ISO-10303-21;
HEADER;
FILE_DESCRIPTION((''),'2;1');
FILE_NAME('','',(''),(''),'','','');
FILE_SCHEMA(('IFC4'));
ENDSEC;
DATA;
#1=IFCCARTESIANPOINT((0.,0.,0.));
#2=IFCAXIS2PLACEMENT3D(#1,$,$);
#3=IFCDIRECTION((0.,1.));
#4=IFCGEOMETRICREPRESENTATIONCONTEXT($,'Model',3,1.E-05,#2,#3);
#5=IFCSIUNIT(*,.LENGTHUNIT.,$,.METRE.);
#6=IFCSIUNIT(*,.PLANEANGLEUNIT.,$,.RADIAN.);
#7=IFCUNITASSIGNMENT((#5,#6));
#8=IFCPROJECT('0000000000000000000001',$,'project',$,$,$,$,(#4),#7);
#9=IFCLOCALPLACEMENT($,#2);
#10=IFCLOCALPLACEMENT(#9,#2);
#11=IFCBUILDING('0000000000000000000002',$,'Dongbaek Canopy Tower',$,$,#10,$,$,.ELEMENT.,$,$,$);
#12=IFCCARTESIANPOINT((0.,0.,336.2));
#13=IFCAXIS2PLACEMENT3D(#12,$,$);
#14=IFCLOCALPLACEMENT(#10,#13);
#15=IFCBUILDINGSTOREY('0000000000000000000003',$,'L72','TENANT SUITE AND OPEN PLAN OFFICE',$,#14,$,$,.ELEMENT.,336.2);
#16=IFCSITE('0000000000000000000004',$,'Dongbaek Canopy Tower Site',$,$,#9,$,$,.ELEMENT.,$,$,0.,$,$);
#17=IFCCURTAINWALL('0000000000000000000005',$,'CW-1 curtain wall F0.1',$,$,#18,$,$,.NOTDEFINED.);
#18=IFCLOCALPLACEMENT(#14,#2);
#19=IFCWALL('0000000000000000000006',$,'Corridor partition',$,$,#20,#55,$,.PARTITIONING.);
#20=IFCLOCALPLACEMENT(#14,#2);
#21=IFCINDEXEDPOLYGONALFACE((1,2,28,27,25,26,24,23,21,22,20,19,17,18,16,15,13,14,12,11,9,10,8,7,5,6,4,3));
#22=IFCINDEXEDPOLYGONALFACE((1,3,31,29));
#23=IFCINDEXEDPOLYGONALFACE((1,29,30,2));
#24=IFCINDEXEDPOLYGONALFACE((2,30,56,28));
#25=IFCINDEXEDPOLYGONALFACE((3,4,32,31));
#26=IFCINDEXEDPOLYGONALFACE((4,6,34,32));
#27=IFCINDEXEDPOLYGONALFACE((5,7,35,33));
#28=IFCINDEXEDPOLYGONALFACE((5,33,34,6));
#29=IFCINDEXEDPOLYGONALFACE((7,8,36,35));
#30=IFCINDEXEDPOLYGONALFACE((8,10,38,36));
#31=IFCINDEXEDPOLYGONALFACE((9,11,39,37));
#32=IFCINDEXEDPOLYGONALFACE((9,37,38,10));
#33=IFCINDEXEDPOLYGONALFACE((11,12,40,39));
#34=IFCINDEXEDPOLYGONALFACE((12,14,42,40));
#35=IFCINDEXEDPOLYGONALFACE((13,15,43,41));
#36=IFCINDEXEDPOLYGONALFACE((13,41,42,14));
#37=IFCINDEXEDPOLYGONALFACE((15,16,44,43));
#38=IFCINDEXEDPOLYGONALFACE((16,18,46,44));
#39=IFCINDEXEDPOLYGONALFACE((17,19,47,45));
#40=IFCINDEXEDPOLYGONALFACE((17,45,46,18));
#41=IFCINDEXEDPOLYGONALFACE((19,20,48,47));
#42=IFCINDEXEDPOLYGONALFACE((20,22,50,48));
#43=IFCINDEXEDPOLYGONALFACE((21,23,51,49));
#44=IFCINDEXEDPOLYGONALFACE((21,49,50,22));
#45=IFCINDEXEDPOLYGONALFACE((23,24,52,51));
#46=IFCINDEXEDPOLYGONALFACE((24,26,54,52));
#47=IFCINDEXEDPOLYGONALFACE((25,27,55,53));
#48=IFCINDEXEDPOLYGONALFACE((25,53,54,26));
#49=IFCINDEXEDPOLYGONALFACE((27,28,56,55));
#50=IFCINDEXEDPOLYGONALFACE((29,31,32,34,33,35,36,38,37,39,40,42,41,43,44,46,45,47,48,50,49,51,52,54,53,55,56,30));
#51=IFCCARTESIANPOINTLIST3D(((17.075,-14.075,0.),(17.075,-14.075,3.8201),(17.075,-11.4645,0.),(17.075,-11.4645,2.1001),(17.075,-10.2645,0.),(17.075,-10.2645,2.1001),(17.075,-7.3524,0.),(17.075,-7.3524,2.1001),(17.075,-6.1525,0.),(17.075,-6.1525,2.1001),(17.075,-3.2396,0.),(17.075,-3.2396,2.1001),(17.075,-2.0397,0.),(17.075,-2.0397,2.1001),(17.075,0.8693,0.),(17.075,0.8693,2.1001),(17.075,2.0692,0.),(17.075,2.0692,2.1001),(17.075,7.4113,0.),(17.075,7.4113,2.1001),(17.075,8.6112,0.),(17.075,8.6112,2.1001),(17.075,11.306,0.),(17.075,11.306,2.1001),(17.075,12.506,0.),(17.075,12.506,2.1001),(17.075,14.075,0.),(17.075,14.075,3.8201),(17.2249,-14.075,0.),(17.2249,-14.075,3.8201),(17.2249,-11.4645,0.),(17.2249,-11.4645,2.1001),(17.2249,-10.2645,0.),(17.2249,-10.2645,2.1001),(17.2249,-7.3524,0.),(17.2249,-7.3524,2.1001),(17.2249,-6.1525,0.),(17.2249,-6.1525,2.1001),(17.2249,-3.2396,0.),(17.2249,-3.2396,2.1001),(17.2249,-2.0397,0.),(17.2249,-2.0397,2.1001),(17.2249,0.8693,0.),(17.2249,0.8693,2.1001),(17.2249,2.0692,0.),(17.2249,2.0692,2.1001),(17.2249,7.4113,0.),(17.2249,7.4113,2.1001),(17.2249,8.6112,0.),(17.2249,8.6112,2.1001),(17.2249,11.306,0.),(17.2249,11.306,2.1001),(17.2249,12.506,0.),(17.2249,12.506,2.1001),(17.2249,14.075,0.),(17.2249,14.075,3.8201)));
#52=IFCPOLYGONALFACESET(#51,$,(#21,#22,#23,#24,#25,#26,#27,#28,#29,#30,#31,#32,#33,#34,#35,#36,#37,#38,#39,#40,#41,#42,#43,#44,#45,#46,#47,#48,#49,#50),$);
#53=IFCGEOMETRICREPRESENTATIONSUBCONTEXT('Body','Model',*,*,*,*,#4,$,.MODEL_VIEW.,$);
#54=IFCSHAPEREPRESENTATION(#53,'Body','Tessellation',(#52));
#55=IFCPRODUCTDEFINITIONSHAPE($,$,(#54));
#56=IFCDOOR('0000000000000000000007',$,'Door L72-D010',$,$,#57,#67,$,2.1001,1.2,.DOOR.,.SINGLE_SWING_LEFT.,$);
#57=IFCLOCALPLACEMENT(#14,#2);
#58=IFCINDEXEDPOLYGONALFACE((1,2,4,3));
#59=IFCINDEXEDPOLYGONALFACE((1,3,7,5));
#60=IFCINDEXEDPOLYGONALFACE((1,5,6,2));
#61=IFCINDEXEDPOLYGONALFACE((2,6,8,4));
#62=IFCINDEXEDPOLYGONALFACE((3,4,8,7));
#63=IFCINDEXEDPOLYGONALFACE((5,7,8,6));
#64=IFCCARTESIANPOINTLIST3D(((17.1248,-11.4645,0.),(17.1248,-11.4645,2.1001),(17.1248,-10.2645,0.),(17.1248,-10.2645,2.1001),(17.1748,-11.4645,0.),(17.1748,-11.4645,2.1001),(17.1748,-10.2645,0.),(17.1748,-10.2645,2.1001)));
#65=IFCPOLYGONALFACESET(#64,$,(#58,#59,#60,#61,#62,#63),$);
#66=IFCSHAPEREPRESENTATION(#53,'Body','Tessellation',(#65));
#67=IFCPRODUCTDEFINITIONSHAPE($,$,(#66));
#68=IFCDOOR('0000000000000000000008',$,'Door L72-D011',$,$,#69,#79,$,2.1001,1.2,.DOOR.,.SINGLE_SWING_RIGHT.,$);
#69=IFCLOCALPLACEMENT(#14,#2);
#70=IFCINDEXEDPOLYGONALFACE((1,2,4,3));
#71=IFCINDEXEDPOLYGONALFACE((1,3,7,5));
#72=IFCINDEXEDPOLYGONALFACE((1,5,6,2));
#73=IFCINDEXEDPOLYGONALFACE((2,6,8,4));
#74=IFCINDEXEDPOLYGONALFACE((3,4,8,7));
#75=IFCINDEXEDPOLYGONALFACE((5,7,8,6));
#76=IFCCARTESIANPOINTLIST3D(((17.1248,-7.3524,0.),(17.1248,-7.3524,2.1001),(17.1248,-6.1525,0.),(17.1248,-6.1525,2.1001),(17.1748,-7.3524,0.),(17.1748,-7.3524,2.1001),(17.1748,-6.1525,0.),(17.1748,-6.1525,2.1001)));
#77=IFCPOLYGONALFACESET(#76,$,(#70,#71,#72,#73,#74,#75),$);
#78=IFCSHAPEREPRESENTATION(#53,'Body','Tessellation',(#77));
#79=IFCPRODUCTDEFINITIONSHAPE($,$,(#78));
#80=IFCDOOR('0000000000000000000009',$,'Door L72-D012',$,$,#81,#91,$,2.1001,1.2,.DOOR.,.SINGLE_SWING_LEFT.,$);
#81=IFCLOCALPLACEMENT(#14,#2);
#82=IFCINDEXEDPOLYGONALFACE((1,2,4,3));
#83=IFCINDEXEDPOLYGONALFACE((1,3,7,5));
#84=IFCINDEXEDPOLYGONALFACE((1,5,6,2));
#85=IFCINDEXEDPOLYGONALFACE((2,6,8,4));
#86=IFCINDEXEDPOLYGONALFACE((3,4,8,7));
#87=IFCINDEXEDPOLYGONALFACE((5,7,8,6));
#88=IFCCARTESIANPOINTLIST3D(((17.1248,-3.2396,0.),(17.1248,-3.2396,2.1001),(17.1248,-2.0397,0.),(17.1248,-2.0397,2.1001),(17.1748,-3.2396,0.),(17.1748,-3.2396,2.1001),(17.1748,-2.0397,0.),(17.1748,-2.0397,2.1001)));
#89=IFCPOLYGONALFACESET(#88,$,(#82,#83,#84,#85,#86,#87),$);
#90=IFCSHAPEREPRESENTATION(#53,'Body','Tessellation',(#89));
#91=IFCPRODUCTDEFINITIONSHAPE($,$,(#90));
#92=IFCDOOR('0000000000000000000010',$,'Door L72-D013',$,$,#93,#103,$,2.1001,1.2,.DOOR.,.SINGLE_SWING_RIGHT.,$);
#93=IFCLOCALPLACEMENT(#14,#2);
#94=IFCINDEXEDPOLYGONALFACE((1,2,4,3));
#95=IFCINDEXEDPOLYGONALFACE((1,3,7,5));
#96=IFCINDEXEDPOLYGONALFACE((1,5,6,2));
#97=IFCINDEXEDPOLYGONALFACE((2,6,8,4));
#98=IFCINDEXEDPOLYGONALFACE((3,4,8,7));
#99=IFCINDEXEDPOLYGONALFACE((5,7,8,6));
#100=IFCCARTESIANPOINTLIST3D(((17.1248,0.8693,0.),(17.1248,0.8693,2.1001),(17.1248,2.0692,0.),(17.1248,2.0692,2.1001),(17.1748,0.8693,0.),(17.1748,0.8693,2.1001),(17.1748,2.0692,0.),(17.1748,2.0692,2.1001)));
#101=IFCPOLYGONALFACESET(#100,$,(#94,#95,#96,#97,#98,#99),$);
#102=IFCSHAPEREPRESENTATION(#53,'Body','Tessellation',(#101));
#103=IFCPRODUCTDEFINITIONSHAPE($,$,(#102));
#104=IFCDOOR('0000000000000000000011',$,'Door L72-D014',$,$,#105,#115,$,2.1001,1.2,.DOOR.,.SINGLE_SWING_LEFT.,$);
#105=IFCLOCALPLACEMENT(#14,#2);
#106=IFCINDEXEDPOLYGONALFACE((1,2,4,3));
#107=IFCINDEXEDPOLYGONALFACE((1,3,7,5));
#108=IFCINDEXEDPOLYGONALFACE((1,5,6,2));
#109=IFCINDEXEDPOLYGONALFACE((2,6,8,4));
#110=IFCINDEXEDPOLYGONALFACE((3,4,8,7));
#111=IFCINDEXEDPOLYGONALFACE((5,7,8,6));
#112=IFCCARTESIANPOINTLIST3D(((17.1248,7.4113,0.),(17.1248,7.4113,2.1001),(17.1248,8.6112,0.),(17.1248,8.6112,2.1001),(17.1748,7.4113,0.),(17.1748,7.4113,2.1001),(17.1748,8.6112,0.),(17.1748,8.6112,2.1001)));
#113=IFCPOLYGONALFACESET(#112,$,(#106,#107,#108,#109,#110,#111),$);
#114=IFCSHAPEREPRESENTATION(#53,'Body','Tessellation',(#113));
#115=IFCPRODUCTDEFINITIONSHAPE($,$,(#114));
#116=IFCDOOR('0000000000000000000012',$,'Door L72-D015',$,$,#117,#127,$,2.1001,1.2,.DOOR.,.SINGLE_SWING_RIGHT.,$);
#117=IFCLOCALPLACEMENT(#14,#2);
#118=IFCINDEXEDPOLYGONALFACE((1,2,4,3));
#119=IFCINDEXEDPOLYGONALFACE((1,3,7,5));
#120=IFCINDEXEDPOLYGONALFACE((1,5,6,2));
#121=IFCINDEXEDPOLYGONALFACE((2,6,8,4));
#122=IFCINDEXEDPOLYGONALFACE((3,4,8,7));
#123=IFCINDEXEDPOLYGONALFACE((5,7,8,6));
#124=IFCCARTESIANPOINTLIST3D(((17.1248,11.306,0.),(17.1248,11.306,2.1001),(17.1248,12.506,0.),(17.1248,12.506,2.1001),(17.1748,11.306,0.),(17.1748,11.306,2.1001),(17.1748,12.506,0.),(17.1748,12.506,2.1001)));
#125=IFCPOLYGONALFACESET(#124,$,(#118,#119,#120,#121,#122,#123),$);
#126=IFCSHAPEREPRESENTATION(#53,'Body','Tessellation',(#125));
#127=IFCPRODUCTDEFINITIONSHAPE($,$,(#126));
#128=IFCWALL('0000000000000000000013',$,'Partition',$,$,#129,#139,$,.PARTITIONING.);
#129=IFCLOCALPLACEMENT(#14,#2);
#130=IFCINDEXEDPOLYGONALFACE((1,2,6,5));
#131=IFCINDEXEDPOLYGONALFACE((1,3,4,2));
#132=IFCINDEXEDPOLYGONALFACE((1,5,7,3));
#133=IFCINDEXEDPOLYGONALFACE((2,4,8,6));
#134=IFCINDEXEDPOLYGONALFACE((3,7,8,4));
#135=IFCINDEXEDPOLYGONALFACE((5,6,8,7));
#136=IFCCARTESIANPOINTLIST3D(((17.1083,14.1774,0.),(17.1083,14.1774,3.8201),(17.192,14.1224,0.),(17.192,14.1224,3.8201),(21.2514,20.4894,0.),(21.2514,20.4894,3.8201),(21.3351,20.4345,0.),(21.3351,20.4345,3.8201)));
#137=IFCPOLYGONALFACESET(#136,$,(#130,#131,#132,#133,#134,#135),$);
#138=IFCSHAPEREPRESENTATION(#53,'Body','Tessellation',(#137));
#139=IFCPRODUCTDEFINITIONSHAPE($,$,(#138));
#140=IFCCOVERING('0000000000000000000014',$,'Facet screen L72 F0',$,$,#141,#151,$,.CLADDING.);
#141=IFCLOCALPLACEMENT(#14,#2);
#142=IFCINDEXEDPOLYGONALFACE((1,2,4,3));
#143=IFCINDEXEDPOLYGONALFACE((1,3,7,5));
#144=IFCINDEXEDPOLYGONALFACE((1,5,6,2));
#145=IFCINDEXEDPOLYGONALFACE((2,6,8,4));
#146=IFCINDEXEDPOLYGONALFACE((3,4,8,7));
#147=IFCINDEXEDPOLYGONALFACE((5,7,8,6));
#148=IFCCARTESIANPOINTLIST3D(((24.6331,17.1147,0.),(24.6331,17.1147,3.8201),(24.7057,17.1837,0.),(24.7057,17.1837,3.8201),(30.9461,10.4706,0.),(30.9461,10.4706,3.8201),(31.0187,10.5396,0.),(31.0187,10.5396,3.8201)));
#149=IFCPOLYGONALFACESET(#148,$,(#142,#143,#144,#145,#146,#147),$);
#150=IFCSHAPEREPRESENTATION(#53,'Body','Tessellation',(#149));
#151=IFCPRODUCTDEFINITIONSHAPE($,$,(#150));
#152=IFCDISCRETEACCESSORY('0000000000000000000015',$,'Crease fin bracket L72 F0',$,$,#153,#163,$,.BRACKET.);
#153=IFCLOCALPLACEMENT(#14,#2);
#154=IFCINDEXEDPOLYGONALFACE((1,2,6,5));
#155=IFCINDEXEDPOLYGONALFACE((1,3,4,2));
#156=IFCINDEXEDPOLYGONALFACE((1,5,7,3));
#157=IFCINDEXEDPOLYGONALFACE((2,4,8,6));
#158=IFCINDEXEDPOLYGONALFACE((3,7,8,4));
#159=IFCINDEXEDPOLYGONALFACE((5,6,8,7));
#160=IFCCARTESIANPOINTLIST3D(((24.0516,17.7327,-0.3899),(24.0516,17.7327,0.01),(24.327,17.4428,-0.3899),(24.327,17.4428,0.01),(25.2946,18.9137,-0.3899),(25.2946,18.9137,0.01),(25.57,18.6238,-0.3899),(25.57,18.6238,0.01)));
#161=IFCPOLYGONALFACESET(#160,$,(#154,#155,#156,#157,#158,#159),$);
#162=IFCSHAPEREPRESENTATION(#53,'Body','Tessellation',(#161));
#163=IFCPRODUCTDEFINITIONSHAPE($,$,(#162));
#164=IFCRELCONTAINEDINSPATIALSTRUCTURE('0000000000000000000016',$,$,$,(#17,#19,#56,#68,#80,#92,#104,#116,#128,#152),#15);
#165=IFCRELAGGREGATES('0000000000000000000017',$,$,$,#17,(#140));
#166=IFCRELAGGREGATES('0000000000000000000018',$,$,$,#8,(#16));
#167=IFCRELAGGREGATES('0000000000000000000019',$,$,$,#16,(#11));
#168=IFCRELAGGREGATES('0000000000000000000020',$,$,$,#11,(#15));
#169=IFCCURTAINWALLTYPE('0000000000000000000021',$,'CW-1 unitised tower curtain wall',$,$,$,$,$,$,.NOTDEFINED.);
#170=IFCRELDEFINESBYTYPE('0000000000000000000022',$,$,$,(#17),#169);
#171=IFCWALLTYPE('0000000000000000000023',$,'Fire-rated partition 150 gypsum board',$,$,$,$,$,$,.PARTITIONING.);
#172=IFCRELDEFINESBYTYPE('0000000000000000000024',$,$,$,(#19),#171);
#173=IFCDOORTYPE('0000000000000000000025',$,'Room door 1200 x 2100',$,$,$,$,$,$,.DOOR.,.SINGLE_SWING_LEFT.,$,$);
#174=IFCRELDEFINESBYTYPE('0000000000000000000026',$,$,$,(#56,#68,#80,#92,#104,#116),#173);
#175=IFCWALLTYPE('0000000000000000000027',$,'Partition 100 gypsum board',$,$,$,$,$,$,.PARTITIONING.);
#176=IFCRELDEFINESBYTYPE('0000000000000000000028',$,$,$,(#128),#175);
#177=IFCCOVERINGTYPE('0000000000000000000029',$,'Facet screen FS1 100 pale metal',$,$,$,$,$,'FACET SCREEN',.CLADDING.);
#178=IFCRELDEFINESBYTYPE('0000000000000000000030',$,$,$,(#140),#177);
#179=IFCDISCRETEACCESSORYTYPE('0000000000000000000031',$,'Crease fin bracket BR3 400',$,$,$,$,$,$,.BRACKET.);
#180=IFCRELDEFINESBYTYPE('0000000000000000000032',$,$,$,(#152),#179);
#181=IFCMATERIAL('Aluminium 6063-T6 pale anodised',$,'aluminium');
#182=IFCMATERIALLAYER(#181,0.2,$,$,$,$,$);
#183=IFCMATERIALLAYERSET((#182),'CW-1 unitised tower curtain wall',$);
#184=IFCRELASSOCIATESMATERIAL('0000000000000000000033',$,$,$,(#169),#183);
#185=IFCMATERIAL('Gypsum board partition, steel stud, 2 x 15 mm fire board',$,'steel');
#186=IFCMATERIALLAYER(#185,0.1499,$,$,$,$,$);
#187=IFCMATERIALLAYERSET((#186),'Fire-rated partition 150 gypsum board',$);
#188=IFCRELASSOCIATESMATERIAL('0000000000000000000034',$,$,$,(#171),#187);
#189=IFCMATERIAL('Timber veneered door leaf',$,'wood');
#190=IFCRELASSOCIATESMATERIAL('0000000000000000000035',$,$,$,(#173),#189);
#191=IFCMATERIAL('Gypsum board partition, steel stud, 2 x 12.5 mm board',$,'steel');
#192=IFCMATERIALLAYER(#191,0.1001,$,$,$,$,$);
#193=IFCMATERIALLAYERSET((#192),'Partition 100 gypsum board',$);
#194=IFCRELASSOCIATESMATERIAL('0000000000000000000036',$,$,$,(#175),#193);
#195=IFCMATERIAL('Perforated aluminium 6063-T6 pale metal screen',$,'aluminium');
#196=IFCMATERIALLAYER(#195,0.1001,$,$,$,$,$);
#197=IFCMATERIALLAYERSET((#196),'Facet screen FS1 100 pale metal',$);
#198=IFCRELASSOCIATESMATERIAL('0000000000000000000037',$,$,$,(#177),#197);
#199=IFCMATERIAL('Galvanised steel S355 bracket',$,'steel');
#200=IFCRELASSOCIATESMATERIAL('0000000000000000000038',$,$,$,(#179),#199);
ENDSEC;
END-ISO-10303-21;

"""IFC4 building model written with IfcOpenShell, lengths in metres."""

from ifc_helpers import new_model, si_unit, direction, frame, frame_2d, origin, origin_2d, place, context, subcontext, project, spatial, rectangle, extrude, material, layer, layer_set, type_object, element, fill, aggregate, save


model = new_model("IFC4")

# Units and contexts
model_context = context("Model", 3, precision=1e-05, world=origin(), true_north=direction((0.0, 1.0)))
body_context = subcontext(model_context, "Body", "Model", "MODEL_VIEW")
ifc_project = project(units=[si_unit("LENGTHUNIT", "METRE"), si_unit("PLANEANGLEUNIT", "RADIAN")], contexts=[model_context])

# Site, building, storey
site_placement = place(None, origin())
site = spatial("IfcSite", under=ifc_project, at=site_placement, Name="Dongbaek Canopy Tower Site", CompositionType="ELEMENT", RefElevation=0.0)
building_placement = place(site_placement, origin())
building = spatial("IfcBuilding", under=site, at=building_placement, Name="Dongbaek Canopy Tower", CompositionType="ELEMENT")
storey_placement = place(building_placement, frame((0.0, 0.0, 336.2)))
storey = spatial("IfcBuildingStorey", under=building, at=storey_placement, Name="L72", Description="TENANT SUITE AND OPEN PLAN OFFICE", CompositionType="ELEMENT", Elevation=336.2)

# Curtain wall
ifc_material_1 = material(Name="Aluminium 6063-T6 pale anodised", Category="aluminium")
ifc_layer_1 = layer(ifc_material_1, 0.2)
ifc_layer_set_1 = layer_set([ifc_layer_1], Name="CW-1 unitised tower curtain wall")
curtain_wall_type = type_object("IfcCurtainWallType", Name="CW-1 unitised tower curtain wall", PredefinedType="NOTDEFINED", material=ifc_layer_set_1)
curtain_wall_placement = place(storey_placement, origin())
curtain_wall = element("IfcCurtainWall", 1, at=curtain_wall_placement, inside=storey, type_object=curtain_wall_type, Name="CW-1 curtain wall F0.1", PredefinedType="NOTDEFINED")

# Wall, openings, doors
ifc_material_2 = material(Name="Gypsum board partition, steel stud, 2 x 15 mm fire board", Category="steel")
ifc_layer_2 = layer(ifc_material_2, 0.1499)
ifc_layer_set_2 = layer_set([ifc_layer_2], Name="Fire-rated partition 150 gypsum board")
wall_type_1 = type_object("IfcWallType", Name="Fire-rated partition 150 gypsum board", PredefinedType="PARTITIONING", material=ifc_layer_set_2)
wall_1_placement = place(storey_placement, frame((17.1499, 14.075, 0.0), z_axis=(0.0, 0.0, 1.0), x_axis=(0.0, -1.0, 0.0)))
wall_1 = element("IfcWall", 2, at=wall_1_placement, inside=storey, type_object=wall_type_1, Name="Corridor partition", PredefinedType="PARTITIONING", context=body_context, shape_type="SweptSolid", body=[
    extrude(rectangle(XDim=28.1499, YDim=0.1499, at=frame_2d((14.075, 0.0))), origin(), (0.0, 0.0, 1.0), 3.8201),
])
opening_1_placement = place(wall_1_placement, frame((24.3394, 0.0, 0.0)))
opening_1 = element("IfcOpeningElement", 3, at=opening_1_placement, cuts=wall_1, PredefinedType="OPENING", context=body_context, shape_type="SweptSolid", body=[
    extrude(rectangle(XDim=1.2, YDim=2.1001, at=frame_2d((0.6001, 1.05))), frame((0.0, 0.085, 0.0), z_axis=(0.0, -1.0, 0.0), x_axis=(1.0, 0.0, 0.0)), (0.0, 0.0, 1.0), 0.1699),
])
opening_2_placement = place(wall_1_placement, frame((20.2273, 0.0, 0.0)))
opening_2 = element("IfcOpeningElement", 4, at=opening_2_placement, cuts=wall_1, PredefinedType="OPENING", context=body_context, shape_type="SweptSolid", body=[
    extrude(rectangle(XDim=1.2, YDim=2.1001, at=frame_2d((0.6001, 1.05))), frame((0.0, 0.085, 0.0), z_axis=(0.0, -1.0, 0.0), x_axis=(1.0, 0.0, 0.0)), (0.0, 0.0, 1.0), 0.1699),
])
opening_3_placement = place(wall_1_placement, frame((16.1145, 0.0, 0.0)))
opening_3 = element("IfcOpeningElement", 5, at=opening_3_placement, cuts=wall_1, PredefinedType="OPENING", context=body_context, shape_type="SweptSolid", body=[
    extrude(rectangle(XDim=1.2, YDim=2.1001, at=frame_2d((0.6001, 1.05))), frame((0.0, 0.085, 0.0), z_axis=(0.0, -1.0, 0.0), x_axis=(1.0, 0.0, 0.0)), (0.0, 0.0, 1.0), 0.1699),
])
opening_4_placement = place(wall_1_placement, frame((12.0056, 0.0, 0.0)))
opening_4 = element("IfcOpeningElement", 6, at=opening_4_placement, cuts=wall_1, PredefinedType="OPENING", context=body_context, shape_type="SweptSolid", body=[
    extrude(rectangle(XDim=1.2, YDim=2.1001, at=frame_2d((0.6001, 1.05))), frame((0.0, 0.085, 0.0), z_axis=(0.0, -1.0, 0.0), x_axis=(1.0, 0.0, 0.0)), (0.0, 0.0, 1.0), 0.1699),
])
opening_5_placement = place(wall_1_placement, frame((5.4636, 0.0, 0.0)))
opening_5 = element("IfcOpeningElement", 7, at=opening_5_placement, cuts=wall_1, PredefinedType="OPENING", context=body_context, shape_type="SweptSolid", body=[
    extrude(rectangle(XDim=1.2, YDim=2.1001, at=frame_2d((0.6001, 1.05))), frame((0.0, 0.085, 0.0), z_axis=(0.0, -1.0, 0.0), x_axis=(1.0, 0.0, 0.0)), (0.0, 0.0, 1.0), 0.1699),
])
opening_6_placement = place(wall_1_placement, frame((1.5688, 0.0, 0.0)))
opening_6 = element("IfcOpeningElement", 8, at=opening_6_placement, cuts=wall_1, PredefinedType="OPENING", context=body_context, shape_type="SweptSolid", body=[
    extrude(rectangle(XDim=1.2, YDim=2.1001, at=frame_2d((0.6001, 1.05))), frame((0.0, 0.085, 0.0), z_axis=(0.0, -1.0, 0.0), x_axis=(1.0, 0.0, 0.0)), (0.0, 0.0, 1.0), 0.1699),
])
ifc_material_3 = material(Name="Timber veneered door leaf", Category="wood")
door_type_1 = type_object("IfcDoorType", Name="Room door 1200 x 2100", OperationType="SINGLE_SWING_LEFT", PredefinedType="DOOR", material=ifc_material_3)
door_1_placement = place(opening_1_placement, origin())
door_1 = element("IfcDoor", 9, at=door_1_placement, inside=storey, type_object=door_type_1, Name="Door L72-D010", OperationType="SINGLE_SWING_LEFT", OverallHeight=2.1001, OverallWidth=1.2, PredefinedType="DOOR", context=body_context, shape_type="SweptSolid", body=[
    extrude(rectangle(XDim=1.2, YDim=2.1001, at=frame_2d((0.6001, 1.05))), frame((0.0, 0.0249, 0.0), z_axis=(0.0, -1.0, 0.0), x_axis=(1.0, 0.0, 0.0)), (0.0, 0.0, 1.0), 0.05),
])
fill(opening_1, door_1)
door_2_placement = place(opening_2_placement, origin())
door_2 = element("IfcDoor", 10, at=door_2_placement, inside=storey, type_object=door_type_1, Name="Door L72-D011", OperationType="SINGLE_SWING_RIGHT", OverallHeight=2.1001, OverallWidth=1.2, PredefinedType="DOOR", context=body_context, shape_type="SweptSolid", body=[
    extrude(rectangle(XDim=1.2, YDim=2.1001, at=frame_2d((0.6001, 1.05))), frame((0.0, 0.0249, 0.0), z_axis=(0.0, -1.0, 0.0), x_axis=(1.0, 0.0, 0.0)), (0.0, 0.0, 1.0), 0.05),
])
fill(opening_2, door_2)
door_3_placement = place(opening_3_placement, origin())
door_3 = element("IfcDoor", 11, at=door_3_placement, inside=storey, type_object=door_type_1, Name="Door L72-D012", OperationType="SINGLE_SWING_LEFT", OverallHeight=2.1001, OverallWidth=1.2, PredefinedType="DOOR", context=body_context, shape_type="SweptSolid", body=[
    extrude(rectangle(XDim=1.2, YDim=2.1001, at=frame_2d((0.6001, 1.05))), frame((0.0, 0.0249, 0.0), z_axis=(0.0, -1.0, 0.0), x_axis=(1.0, 0.0, 0.0)), (0.0, 0.0, 1.0), 0.05),
])
fill(opening_3, door_3)
door_4_placement = place(opening_4_placement, origin())
door_4 = element("IfcDoor", 12, at=door_4_placement, inside=storey, type_object=door_type_1, Name="Door L72-D013", OperationType="SINGLE_SWING_RIGHT", OverallHeight=2.1001, OverallWidth=1.2, PredefinedType="DOOR", context=body_context, shape_type="SweptSolid", body=[
    extrude(rectangle(XDim=1.2, YDim=2.1001, at=frame_2d((0.6001, 1.05))), frame((0.0, 0.0249, 0.0), z_axis=(0.0, -1.0, 0.0), x_axis=(1.0, 0.0, 0.0)), (0.0, 0.0, 1.0), 0.05),
])
fill(opening_4, door_4)
door_5_placement = place(opening_5_placement, origin())
door_5 = element("IfcDoor", 13, at=door_5_placement, inside=storey, type_object=door_type_1, Name="Door L72-D014", OperationType="SINGLE_SWING_LEFT", OverallHeight=2.1001, OverallWidth=1.2, PredefinedType="DOOR", context=body_context, shape_type="SweptSolid", body=[
    extrude(rectangle(XDim=1.2, YDim=2.1001, at=frame_2d((0.6001, 1.05))), frame((0.0, 0.0249, 0.0), z_axis=(0.0, -1.0, 0.0), x_axis=(1.0, 0.0, 0.0)), (0.0, 0.0, 1.0), 0.05),
])
fill(opening_5, door_5)
door_6_placement = place(opening_6_placement, origin())
door_6 = element("IfcDoor", 14, at=door_6_placement, inside=storey, type_object=door_type_1, Name="Door L72-D015", OperationType="SINGLE_SWING_RIGHT", OverallHeight=2.1001, OverallWidth=1.2, PredefinedType="DOOR", context=body_context, shape_type="SweptSolid", body=[
    extrude(rectangle(XDim=1.2, YDim=2.1001, at=frame_2d((0.6001, 1.05))), frame((0.0, 0.0249, 0.0), z_axis=(0.0, -1.0, 0.0), x_axis=(1.0, 0.0, 0.0)), (0.0, 0.0, 1.0), 0.05),
])
fill(opening_6, door_6)

# Wall
ifc_material_4 = material(Name="Gypsum board partition, steel stud, 2 x 12.5 mm board", Category="steel")
ifc_layer_3 = layer(ifc_material_4, 0.1001)
ifc_layer_set_3 = layer_set([ifc_layer_3], Name="Partition 100 gypsum board")
wall_type_2 = type_object("IfcWallType", Name="Partition 100 gypsum board", PredefinedType="PARTITIONING", material=ifc_layer_set_3)
wall_2_placement = place(storey_placement, frame((17.1501, 14.1499, 0.0), z_axis=(0.0, 0.0, 1.0), x_axis=(0.548731, 0.835999, 0.0)))
element("IfcWall", 15, at=wall_2_placement, inside=storey, type_object=wall_type_2, Name="Partition", PredefinedType="PARTITIONING", context=body_context, shape_type="SweptSolid", body=[
    extrude(rectangle(XDim=7.5503, YDim=0.1001, at=frame_2d((3.7751, 0.0))), origin(), (0.0, 0.0, 1.0), 3.8201),
])

# Covering
ifc_material_5 = material(Name="Perforated aluminium 6063-T6 pale metal screen", Category="aluminium")
ifc_layer_4 = layer(ifc_material_5, 0.1001)
ifc_layer_set_4 = layer_set([ifc_layer_4], Name="Facet screen FS1 100 pale metal")
covering_type = type_object("IfcCoveringType", Name="Facet screen FS1 100 pale metal", ElementType="FACET SCREEN", PredefinedType="CLADDING", material=ifc_layer_set_4)
covering_placement = place(storey_placement, frame((27.8259, 13.8271, 0.0), z_axis=(0.0, 0.0, 1.0), x_axis=(-0.688813, 0.724939, 0.0)))
covering = element("IfcCovering", 16, at=covering_placement, type_object=covering_type, Name="Facet screen L72 F0", PredefinedType="CLADDING", context=body_context, shape_type="SweptSolid", body=[
    extrude(rectangle(XDim=9.165, YDim=0.1001, at=origin_2d()), origin(), (0.0, 0.0, 1.0), 3.8201),
])
aggregate(curtain_wall, [covering])

# Discrete accessory
ifc_material_6 = material(Name="Galvanised steel S355 bracket", Category="steel")
discrete_accessory_type = type_object("IfcDiscreteAccessoryType", Name="Crease fin bracket BR3 400", PredefinedType="BRACKET", material=ifc_material_6)
discrete_accessory_placement = place(storey_placement, frame((24.8108, 18.1782, -0.3899), z_axis=(0.0, 0.0, 1.0), x_axis=(0.724939, 0.688813, 0.0)))
element("IfcDiscreteAccessory", 17, at=discrete_accessory_placement, inside=storey, type_object=discrete_accessory_type, Name="Crease fin bracket L72 F0", PredefinedType="BRACKET", context=body_context, shape_type="SweptSolid", body=[
    extrude(rectangle(XDim=1.7146, YDim=0.3999, at=origin_2d()), origin(), (0.0, 0.0, 1.0), 0.3999),
])

save(model, "model.ifc")
